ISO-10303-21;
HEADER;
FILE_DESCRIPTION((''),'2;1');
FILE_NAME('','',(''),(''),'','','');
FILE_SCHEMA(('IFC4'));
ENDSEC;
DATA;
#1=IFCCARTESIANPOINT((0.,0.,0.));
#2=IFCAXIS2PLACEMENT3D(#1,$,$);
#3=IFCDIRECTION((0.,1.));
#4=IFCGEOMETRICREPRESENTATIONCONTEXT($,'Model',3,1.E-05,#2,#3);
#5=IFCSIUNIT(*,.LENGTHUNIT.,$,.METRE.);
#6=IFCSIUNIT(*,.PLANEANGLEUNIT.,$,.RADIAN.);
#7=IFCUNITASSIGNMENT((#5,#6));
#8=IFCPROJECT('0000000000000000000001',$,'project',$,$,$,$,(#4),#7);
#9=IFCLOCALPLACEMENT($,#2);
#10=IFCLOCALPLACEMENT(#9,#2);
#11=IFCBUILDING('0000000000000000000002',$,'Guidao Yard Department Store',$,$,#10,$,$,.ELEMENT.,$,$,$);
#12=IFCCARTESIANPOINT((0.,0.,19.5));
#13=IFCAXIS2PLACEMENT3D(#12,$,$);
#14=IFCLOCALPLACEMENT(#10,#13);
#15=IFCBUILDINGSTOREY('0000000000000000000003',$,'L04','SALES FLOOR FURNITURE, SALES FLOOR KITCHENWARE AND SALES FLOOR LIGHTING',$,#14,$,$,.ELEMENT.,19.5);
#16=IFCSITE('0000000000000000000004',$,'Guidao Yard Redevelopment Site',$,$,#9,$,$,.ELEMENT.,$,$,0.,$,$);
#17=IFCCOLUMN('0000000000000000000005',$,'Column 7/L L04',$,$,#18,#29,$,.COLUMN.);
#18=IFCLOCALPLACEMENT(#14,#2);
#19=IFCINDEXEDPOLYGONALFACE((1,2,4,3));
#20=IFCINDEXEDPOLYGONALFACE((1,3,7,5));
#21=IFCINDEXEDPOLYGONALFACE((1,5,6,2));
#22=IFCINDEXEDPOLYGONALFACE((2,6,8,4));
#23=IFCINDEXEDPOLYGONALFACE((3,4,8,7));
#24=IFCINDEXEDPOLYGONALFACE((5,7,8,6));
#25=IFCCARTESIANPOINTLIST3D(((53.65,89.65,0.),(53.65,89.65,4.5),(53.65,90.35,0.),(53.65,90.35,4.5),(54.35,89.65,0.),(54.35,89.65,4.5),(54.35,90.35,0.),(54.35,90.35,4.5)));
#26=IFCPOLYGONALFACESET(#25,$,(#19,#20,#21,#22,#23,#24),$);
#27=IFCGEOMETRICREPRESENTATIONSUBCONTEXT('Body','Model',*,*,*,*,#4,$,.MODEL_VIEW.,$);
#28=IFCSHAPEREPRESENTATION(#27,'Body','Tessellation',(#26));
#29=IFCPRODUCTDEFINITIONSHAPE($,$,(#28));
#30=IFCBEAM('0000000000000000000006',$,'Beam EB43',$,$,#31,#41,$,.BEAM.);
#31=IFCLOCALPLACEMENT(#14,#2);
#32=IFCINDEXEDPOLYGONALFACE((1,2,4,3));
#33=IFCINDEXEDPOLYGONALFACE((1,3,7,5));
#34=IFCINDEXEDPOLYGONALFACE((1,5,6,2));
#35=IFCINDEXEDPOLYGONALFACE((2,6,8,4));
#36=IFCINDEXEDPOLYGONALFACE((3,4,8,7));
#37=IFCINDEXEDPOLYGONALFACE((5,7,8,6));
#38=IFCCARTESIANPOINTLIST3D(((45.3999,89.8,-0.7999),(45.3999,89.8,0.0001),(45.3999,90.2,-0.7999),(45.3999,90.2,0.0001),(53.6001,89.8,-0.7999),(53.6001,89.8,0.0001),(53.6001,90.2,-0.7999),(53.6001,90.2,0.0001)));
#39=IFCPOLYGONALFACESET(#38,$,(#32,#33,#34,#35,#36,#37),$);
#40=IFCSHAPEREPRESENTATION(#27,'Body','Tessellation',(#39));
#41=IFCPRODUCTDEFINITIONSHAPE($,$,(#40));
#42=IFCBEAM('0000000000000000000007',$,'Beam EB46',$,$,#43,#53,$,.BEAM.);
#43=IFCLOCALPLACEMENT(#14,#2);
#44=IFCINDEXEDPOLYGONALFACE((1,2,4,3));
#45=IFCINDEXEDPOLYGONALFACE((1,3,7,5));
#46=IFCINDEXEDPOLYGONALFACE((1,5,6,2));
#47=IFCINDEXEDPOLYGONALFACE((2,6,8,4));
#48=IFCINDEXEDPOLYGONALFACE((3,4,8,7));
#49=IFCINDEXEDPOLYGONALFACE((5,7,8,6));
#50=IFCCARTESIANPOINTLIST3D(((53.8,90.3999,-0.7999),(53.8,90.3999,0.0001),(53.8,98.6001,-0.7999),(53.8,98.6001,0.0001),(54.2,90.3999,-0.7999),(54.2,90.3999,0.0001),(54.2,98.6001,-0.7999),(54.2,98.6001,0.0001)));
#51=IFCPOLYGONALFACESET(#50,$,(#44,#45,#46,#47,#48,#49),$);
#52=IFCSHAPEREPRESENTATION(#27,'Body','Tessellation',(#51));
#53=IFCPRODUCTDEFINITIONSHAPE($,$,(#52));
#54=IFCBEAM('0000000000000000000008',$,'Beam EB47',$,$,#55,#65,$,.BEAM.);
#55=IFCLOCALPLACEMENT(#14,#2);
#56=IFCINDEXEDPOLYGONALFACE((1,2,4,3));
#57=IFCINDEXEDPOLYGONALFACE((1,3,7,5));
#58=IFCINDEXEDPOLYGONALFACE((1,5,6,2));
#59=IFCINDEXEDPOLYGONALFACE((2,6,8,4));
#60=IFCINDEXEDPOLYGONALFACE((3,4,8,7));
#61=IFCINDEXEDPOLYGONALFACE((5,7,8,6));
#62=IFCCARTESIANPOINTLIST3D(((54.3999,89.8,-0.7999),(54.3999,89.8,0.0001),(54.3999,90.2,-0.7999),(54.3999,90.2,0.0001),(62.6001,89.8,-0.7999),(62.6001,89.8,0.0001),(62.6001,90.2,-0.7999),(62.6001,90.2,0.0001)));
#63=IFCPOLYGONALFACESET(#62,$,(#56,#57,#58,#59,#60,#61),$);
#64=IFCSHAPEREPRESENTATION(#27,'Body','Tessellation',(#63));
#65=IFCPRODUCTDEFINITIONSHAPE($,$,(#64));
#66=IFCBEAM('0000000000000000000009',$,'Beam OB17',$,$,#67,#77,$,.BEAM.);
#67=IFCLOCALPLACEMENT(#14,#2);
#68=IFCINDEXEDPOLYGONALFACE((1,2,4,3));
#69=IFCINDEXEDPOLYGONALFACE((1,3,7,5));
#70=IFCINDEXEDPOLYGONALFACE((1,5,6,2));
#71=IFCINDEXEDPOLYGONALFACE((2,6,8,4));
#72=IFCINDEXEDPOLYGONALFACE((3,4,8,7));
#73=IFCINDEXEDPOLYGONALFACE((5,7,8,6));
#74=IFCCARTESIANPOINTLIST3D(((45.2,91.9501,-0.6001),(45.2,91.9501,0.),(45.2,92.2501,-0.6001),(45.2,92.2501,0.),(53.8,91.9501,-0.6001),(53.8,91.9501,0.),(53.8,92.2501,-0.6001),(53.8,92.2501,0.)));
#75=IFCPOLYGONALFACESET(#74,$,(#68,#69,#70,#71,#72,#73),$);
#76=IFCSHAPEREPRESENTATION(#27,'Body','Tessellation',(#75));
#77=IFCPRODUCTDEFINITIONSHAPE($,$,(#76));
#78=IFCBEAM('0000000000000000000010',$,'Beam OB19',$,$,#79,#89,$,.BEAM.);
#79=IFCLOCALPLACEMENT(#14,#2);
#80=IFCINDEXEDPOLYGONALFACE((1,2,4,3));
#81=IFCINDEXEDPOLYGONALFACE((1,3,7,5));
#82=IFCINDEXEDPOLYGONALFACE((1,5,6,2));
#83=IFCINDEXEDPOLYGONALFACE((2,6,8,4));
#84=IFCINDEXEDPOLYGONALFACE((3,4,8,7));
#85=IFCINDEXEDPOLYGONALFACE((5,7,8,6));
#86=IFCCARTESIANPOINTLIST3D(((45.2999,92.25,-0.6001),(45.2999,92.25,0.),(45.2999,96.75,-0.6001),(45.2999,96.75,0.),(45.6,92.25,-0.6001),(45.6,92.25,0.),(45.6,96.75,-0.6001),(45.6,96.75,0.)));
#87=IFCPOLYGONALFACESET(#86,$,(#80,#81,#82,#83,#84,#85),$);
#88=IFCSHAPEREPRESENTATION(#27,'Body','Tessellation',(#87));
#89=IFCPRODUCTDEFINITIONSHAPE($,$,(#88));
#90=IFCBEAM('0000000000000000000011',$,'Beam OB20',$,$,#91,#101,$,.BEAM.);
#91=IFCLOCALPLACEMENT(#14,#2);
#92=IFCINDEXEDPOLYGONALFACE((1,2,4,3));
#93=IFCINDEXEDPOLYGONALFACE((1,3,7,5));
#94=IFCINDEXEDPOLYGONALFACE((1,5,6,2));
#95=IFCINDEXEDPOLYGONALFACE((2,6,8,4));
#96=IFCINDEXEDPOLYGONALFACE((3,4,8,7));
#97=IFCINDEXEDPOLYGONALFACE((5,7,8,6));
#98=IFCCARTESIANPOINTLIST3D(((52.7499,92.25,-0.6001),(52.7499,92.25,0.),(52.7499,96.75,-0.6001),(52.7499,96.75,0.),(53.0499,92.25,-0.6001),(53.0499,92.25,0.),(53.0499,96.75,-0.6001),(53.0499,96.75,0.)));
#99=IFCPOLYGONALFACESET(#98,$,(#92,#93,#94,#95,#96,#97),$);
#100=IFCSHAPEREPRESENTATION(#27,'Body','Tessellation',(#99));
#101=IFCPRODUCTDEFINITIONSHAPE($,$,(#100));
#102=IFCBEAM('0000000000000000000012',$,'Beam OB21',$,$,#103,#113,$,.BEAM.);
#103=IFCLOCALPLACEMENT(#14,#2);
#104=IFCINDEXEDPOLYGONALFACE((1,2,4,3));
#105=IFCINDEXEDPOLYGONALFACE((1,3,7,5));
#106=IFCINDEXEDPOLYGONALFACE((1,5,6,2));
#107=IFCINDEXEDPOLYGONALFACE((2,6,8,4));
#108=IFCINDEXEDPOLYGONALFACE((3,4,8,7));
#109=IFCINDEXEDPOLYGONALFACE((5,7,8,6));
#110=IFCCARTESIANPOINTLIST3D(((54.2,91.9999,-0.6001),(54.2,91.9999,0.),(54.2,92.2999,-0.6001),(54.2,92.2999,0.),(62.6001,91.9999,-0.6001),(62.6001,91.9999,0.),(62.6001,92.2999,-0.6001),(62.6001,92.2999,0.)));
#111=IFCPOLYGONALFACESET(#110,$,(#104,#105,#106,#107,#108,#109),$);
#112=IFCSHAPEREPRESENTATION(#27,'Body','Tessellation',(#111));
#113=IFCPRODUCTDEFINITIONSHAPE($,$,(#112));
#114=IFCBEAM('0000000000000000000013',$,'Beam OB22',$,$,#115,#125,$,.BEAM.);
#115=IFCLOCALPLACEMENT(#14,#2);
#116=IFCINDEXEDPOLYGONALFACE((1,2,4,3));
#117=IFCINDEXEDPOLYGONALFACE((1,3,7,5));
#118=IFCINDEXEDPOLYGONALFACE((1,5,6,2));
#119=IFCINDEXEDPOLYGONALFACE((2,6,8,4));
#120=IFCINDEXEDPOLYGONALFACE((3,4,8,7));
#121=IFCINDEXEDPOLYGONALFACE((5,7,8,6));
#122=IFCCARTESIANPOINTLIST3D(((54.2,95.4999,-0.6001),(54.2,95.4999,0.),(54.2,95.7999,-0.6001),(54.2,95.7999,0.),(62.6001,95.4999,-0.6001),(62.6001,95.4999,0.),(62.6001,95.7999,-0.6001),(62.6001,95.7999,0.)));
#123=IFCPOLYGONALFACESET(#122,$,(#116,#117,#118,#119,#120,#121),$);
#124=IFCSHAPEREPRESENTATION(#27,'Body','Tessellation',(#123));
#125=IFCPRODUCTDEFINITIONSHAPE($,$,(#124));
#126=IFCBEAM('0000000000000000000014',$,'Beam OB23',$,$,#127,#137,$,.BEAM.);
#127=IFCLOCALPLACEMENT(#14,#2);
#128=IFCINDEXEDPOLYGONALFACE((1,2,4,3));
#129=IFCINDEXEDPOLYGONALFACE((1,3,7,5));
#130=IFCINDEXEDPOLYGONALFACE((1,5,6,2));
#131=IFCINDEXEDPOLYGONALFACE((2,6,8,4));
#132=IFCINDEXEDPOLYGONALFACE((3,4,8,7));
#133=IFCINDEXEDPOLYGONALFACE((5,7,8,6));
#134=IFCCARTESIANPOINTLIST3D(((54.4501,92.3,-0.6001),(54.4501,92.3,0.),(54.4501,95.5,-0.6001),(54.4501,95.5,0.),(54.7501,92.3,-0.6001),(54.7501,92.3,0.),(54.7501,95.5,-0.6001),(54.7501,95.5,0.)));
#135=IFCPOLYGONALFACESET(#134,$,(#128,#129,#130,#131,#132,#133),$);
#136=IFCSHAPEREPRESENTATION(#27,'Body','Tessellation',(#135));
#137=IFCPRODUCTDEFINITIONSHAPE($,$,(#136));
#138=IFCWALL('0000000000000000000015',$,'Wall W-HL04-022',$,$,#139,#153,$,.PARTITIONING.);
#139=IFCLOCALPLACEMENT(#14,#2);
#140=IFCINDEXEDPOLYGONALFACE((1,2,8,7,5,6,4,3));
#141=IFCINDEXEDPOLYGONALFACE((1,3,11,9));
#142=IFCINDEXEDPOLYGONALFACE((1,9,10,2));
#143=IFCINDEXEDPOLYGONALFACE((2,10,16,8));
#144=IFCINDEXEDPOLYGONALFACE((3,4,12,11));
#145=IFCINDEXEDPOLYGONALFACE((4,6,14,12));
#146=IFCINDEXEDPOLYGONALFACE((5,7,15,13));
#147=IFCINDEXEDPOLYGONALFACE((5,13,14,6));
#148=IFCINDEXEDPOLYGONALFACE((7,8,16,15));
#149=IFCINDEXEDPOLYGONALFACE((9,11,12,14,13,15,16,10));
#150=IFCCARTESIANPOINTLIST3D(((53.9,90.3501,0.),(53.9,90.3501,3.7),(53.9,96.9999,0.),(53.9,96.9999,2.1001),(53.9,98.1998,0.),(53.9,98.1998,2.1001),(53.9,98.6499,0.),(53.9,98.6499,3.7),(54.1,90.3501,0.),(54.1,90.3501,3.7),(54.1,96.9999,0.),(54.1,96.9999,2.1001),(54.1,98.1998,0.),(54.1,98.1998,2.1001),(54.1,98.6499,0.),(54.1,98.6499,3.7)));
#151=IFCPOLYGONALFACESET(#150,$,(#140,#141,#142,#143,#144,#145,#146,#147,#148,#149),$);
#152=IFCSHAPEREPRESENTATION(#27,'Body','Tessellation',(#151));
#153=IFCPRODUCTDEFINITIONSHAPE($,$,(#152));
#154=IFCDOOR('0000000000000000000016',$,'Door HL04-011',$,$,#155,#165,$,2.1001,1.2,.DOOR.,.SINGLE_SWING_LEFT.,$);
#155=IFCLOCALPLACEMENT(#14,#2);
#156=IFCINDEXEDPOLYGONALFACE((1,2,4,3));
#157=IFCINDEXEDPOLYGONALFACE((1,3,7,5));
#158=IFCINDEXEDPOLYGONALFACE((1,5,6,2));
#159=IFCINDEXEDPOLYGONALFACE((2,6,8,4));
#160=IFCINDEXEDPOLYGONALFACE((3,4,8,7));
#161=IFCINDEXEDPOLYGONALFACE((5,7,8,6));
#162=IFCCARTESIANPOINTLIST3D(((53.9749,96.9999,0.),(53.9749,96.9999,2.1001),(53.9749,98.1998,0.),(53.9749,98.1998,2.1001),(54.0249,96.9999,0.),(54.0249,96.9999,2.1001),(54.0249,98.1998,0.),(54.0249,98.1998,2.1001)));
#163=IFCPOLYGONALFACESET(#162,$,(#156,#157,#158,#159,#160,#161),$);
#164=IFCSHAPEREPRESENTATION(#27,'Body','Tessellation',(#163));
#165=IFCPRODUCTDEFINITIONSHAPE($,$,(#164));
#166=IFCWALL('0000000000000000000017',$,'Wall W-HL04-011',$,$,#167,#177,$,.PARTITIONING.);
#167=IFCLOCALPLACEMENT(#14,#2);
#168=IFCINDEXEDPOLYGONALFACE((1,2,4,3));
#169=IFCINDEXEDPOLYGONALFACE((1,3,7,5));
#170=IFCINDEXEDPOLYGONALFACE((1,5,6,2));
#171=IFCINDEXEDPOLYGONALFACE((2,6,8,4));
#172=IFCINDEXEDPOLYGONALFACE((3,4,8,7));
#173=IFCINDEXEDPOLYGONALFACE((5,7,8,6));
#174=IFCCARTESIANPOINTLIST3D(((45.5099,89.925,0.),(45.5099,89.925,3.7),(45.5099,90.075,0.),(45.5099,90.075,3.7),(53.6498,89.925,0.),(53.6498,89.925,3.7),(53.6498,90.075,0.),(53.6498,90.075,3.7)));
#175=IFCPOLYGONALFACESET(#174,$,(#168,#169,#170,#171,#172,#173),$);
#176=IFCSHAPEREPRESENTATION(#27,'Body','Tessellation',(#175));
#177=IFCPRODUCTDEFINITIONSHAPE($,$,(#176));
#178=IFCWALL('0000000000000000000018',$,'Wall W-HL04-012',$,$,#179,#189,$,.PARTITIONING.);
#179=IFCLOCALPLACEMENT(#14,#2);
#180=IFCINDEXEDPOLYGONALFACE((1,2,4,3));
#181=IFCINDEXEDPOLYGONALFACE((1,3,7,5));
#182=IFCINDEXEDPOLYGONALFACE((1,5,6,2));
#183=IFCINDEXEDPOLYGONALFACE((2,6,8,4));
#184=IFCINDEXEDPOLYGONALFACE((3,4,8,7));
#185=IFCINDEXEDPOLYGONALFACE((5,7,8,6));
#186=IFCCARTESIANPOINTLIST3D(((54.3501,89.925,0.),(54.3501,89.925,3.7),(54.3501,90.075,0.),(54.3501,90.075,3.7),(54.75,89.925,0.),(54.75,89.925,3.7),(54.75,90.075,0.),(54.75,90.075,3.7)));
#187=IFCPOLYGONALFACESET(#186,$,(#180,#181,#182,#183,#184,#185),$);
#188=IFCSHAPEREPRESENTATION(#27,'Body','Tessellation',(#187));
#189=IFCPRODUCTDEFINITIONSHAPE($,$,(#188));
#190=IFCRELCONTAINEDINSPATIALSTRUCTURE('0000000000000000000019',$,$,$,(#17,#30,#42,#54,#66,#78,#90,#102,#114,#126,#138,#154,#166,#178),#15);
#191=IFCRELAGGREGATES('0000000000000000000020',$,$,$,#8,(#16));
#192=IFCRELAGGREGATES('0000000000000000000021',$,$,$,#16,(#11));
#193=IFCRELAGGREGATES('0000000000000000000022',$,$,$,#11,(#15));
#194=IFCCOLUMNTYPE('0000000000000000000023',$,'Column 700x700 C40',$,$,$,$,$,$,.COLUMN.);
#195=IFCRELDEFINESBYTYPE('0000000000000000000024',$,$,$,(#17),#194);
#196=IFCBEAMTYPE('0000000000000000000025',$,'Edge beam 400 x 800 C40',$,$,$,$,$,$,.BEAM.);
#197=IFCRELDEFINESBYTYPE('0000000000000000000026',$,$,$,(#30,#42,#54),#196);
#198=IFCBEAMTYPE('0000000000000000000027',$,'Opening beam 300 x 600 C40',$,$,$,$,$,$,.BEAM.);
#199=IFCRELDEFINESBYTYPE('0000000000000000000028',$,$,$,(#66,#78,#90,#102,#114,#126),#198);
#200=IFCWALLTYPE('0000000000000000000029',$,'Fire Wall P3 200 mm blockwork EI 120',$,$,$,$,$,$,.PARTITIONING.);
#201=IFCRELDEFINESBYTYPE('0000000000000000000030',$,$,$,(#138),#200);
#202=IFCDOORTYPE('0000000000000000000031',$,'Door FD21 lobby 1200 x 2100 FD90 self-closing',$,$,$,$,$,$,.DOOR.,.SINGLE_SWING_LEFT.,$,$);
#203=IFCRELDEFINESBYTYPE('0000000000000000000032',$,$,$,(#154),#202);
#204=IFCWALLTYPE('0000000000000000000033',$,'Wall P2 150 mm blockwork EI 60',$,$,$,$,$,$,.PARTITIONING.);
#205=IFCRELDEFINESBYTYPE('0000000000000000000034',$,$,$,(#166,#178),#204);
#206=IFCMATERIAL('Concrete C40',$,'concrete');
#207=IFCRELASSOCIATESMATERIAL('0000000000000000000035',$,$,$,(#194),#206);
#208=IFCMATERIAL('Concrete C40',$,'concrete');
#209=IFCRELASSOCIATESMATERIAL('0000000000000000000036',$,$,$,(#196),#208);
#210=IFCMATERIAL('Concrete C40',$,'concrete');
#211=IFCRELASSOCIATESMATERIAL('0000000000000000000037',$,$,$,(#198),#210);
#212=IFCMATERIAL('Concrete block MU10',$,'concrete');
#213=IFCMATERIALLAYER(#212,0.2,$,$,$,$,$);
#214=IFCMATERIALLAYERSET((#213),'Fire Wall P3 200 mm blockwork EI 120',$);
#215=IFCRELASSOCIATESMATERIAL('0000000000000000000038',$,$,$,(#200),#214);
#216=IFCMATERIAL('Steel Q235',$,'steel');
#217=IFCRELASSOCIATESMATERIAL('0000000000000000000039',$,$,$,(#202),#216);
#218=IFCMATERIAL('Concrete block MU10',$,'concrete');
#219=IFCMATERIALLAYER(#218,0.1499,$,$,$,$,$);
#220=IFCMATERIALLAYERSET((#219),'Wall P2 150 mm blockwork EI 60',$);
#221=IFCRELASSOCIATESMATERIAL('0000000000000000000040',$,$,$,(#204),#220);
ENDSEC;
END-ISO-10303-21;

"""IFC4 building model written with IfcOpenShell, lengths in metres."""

from ifc_helpers import new_model, si_unit, direction, frame, frame_2d, origin, origin_2d, place, context, subcontext, project, spatial, rectangle, extrude, material, layer, layer_set, material_profile, profile_set, type_object, element, fill, save


model = new_model("IFC4")

# Units and contexts
model_context = context("Model", 3, precision=1e-05, world=origin(), true_north=direction((0.0, 1.0)))
body_context = subcontext(model_context, "Body", "Model", "MODEL_VIEW")
ifc_project = project(units=[si_unit("LENGTHUNIT", "METRE"), si_unit("PLANEANGLEUNIT", "RADIAN")], contexts=[model_context])

# Site, building, storey
site_placement = place(None, origin())
site = spatial("IfcSite", under=ifc_project, at=site_placement, Name="Guidao Yard Redevelopment Site", CompositionType="ELEMENT", RefElevation=0.0)
building_placement = place(site_placement, origin())
building = spatial("IfcBuilding", under=site, at=building_placement, Name="Guidao Yard Department Store", CompositionType="ELEMENT")
storey_placement = place(building_placement, frame((0.0, 0.0, 19.5)))
storey = spatial("IfcBuildingStorey", under=building, at=storey_placement, Name="L04", Description="SALES FLOOR FURNITURE, SALES FLOOR KITCHENWARE AND SALES FLOOR LIGHTING", CompositionType="ELEMENT", Elevation=19.5)

# Column
ifc_material_1 = material(Name="Concrete C40", Category="concrete")
ifc_material_profile_1 = material_profile(ifc_material_1, rectangle(XDim=0.7, YDim=0.7, at=origin_2d()), Name="COL 700x700")
ifc_profile_set_1 = profile_set([ifc_material_profile_1], Name="Concrete C40")
column_type = type_object("IfcColumnType", Name="Column 700x700 C40", PredefinedType="COLUMN", material=ifc_profile_set_1)
column_placement = place(storey_placement, frame((54.0, 90.0, 0.0), z_axis=(0.0, 0.0, 1.0), x_axis=(1.0, 0.0, 0.0)))
element("IfcColumn", 1, at=column_placement, inside=storey, type_object=column_type, Name="Column 7/L L04", PredefinedType="COLUMN", context=body_context, shape_type="SweptSolid", body=[
    extrude(rectangle(XDim=0.7, YDim=0.7, at=origin_2d()), origin(), (0.0, 0.0, 1.0), 4.5),
])

# Beams
ifc_material_2 = material(Name="Concrete C40", Category="concrete")
ifc_material_profile_2 = material_profile(ifc_material_2, rectangle(XDim=0.3999, YDim=0.8, at=origin_2d()), Name="Edge beam 400 x 800 C40")
ifc_profile_set_2 = profile_set([ifc_material_profile_2], Name="Concrete C40")
beam_type_1 = type_object("IfcBeamType", Name="Edge beam 400 x 800 C40", PredefinedType="BEAM", material=ifc_profile_set_2)
for number, where, z_axis, x_axis, name in (
    (2, (45.3999, 90.0, -0.3999), (1.0, 0.0, 0.0), (0.0, 1.0, 0.0), "Beam EB43"),
    (3, (54.0, 90.3999, -0.3999), (0.0, 1.0, 0.0), (-1.0, 0.0, 0.0), "Beam EB46"),
    (4, (54.3999, 90.0, -0.3999), (1.0, 0.0, 0.0), (0.0, 1.0, 0.0), "Beam EB47"),
):
    element("IfcBeam", number, at=place(storey_placement, frame(where, z_axis=z_axis, x_axis=x_axis)), inside=storey, type_object=beam_type_1, Name=name, PredefinedType="BEAM", context=body_context, shape_type="SweptSolid", body=[
        extrude(rectangle(XDim=0.3999, YDim=0.8, at=origin_2d()), origin(), (0.0, 0.0, 1.0), 8.2002),
    ])
ifc_material_3 = material(Name="Concrete C40", Category="concrete")
ifc_material_profile_3 = material_profile(ifc_material_3, rectangle(XDim=0.3, YDim=0.6001, at=origin_2d()), Name="Opening beam 300 x 600 C40")
ifc_profile_set_3 = profile_set([ifc_material_profile_3], Name="Concrete C40")
beam_type_2 = type_object("IfcBeamType", Name="Opening beam 300 x 600 C40", PredefinedType="BEAM", material=ifc_profile_set_3)
beam_1_placement = place(storey_placement, frame((45.2, 92.1001, -0.3), z_axis=(1.0, 0.0, 0.0), x_axis=(0.0, 1.0, 0.0)))
element("IfcBeam", 5, at=beam_1_placement, inside=storey, type_object=beam_type_2, Name="Beam OB17", PredefinedType="BEAM", context=body_context, shape_type="SweptSolid", body=[
    extrude(rectangle(XDim=0.3, YDim=0.6001, at=origin_2d()), origin(), (0.0, 0.0, 1.0), 8.6001),
])
for number, where, z_axis, x_axis, name in (
    (6, (45.45, 92.25, -0.3), (0.0, 1.0, 0.0), (-1.0, 0.0, 0.0), "Beam OB19"),
    (7, (52.8999, 92.25, -0.3), (0.0, 1.0, 0.0), (-1.0, 0.0, 0.0), "Beam OB20"),
):
    element("IfcBeam", number, at=place(storey_placement, frame(where, z_axis=z_axis, x_axis=x_axis)), inside=storey, type_object=beam_type_2, Name=name, PredefinedType="BEAM", context=body_context, shape_type="SweptSolid", body=[
        extrude(rectangle(XDim=0.3, YDim=0.6001, at=origin_2d()), origin(), (0.0, 0.0, 1.0), 4.5),
    ])
for number, where, z_axis, x_axis, name in (
    (8, (54.2, 92.1499, -0.3), (1.0, 0.0, 0.0), (0.0, 1.0, 0.0), "Beam OB21"),
    (9, (54.2, 95.6499, -0.3), (1.0, 0.0, 0.0), (0.0, 1.0, 0.0), "Beam OB22"),
):
    element("IfcBeam", number, at=place(storey_placement, frame(where, z_axis=z_axis, x_axis=x_axis)), inside=storey, type_object=beam_type_2, Name=name, PredefinedType="BEAM", context=body_context, shape_type="SweptSolid", body=[
        extrude(rectangle(XDim=0.3, YDim=0.6001, at=origin_2d()), origin(), (0.0, 0.0, 1.0), 8.4001),
    ])
beam_2_placement = place(storey_placement, frame((54.6001, 92.3, -0.3), z_axis=(0.0, 1.0, 0.0), x_axis=(-1.0, 0.0, 0.0)))
element("IfcBeam", 10, at=beam_2_placement, inside=storey, type_object=beam_type_2, Name="Beam OB23", PredefinedType="BEAM", context=body_context, shape_type="SweptSolid", body=[
    extrude(rectangle(XDim=0.3, YDim=0.6001, at=origin_2d()), origin(), (0.0, 0.0, 1.0), 3.2),
])

# Wall, opening, door
ifc_material_4 = material(Name="Concrete block MU10", Category="concrete")
ifc_layer_1 = layer(ifc_material_4, 0.2)
ifc_layer_set_1 = layer_set([ifc_layer_1], Name="Fire Wall P3 200 mm blockwork EI 120")
wall_type_1 = type_object("IfcWallType", Name="Fire Wall P3 200 mm blockwork EI 120", PredefinedType="PARTITIONING", material=ifc_layer_set_1)
wall_1_placement = place(storey_placement, frame((54.0, 90.3501, 0.0), z_axis=(0.0, 0.0, 1.0), x_axis=(0.0, 1.0, 0.0)))
wall_1 = element("IfcWall", 11, at=wall_1_placement, inside=storey, type_object=wall_type_1, Name="Wall W-HL04-022", PredefinedType="PARTITIONING", context=body_context, shape_type="SweptSolid", body=[
    extrude(rectangle(XDim=8.2998, YDim=0.2, at=frame_2d((4.1499, 0.0))), origin(), (0.0, 0.0, 1.0), 3.7),
])
opening_1_placement = place(wall_1_placement, frame((7.8499, 0.0, 0.0), z_axis=(0.0, 0.0, 1.0), x_axis=(-1.0, 0.0, 0.0)))
opening_1 = element("IfcOpeningElement", 12, at=opening_1_placement, cuts=wall_1, PredefinedType="OPENING", context=body_context, shape_type="SweptSolid", body=[
    extrude(rectangle(XDim=1.2, YDim=2.1001, at=frame_2d((0.6001, 1.05))), frame((0.0, 0.1099, 0.0), z_axis=(0.0, -1.0, 0.0), x_axis=(1.0, 0.0, 0.0)), (0.0, 0.0, 1.0), 0.22),
])
ifc_material_5 = material(Name="Steel Q235", Category="steel")
door_type_1 = type_object("IfcDoorType", Name="Door FD21 lobby 1200 x 2100 FD90 self-closing", OperationType="SINGLE_SWING_LEFT", PredefinedType="DOOR", material=ifc_material_5)
door_1_placement = place(opening_1_placement, origin())
door_1 = element("IfcDoor", 13, at=door_1_placement, inside=storey, type_object=door_type_1, Name="Door HL04-011", OperationType="SINGLE_SWING_LEFT", OverallHeight=2.1001, OverallWidth=1.2, PredefinedType="DOOR", context=body_context, shape_type="SweptSolid", body=[
    extrude(rectangle(XDim=1.2, YDim=2.1001, at=frame_2d((0.6001, 1.05))), frame((0.0, 0.0249, 0.0), z_axis=(0.0, -1.0, 0.0), x_axis=(1.0, 0.0, 0.0)), (0.0, 0.0, 1.0), 0.05),
])
fill(opening_1, door_1)

# Walls
ifc_material_6 = material(Name="Concrete block MU10", Category="concrete")
ifc_layer_2 = layer(ifc_material_6, 0.1499)
ifc_layer_set_2 = layer_set([ifc_layer_2], Name="Wall P2 150 mm blockwork EI 60")
wall_type_2 = type_object("IfcWallType", Name="Wall P2 150 mm blockwork EI 60", PredefinedType="PARTITIONING", material=ifc_layer_set_2)
wall_2_placement = place(storey_placement, frame((45.51, 90.0, 0.0), z_axis=(0.0, 0.0, 1.0), x_axis=(1.0, 0.0, 0.0)))
element("IfcWall", 14, at=wall_2_placement, inside=storey, type_object=wall_type_2, Name="Wall W-HL04-011", PredefinedType="PARTITIONING", context=body_context, shape_type="SweptSolid", body=[
    extrude(rectangle(XDim=8.1399, YDim=0.1499, at=frame_2d((4.0698, 0.0))), origin(), (0.0, 0.0, 1.0), 3.7),
])
wall_3_placement = place(storey_placement, frame((54.3501, 90.0, 0.0), z_axis=(0.0, 0.0, 1.0), x_axis=(1.0, 0.0, 0.0)))
element("IfcWall", 15, at=wall_3_placement, inside=storey, type_object=wall_type_2, Name="Wall W-HL04-012", PredefinedType="PARTITIONING", context=body_context, shape_type="SweptSolid", body=[
    extrude(rectangle(XDim=0.3999, YDim=0.1499, at=frame_2d((0.2, 0.0))), origin(), (0.0, 0.0, 1.0), 3.7),
])

save(model, "model.ifc")
